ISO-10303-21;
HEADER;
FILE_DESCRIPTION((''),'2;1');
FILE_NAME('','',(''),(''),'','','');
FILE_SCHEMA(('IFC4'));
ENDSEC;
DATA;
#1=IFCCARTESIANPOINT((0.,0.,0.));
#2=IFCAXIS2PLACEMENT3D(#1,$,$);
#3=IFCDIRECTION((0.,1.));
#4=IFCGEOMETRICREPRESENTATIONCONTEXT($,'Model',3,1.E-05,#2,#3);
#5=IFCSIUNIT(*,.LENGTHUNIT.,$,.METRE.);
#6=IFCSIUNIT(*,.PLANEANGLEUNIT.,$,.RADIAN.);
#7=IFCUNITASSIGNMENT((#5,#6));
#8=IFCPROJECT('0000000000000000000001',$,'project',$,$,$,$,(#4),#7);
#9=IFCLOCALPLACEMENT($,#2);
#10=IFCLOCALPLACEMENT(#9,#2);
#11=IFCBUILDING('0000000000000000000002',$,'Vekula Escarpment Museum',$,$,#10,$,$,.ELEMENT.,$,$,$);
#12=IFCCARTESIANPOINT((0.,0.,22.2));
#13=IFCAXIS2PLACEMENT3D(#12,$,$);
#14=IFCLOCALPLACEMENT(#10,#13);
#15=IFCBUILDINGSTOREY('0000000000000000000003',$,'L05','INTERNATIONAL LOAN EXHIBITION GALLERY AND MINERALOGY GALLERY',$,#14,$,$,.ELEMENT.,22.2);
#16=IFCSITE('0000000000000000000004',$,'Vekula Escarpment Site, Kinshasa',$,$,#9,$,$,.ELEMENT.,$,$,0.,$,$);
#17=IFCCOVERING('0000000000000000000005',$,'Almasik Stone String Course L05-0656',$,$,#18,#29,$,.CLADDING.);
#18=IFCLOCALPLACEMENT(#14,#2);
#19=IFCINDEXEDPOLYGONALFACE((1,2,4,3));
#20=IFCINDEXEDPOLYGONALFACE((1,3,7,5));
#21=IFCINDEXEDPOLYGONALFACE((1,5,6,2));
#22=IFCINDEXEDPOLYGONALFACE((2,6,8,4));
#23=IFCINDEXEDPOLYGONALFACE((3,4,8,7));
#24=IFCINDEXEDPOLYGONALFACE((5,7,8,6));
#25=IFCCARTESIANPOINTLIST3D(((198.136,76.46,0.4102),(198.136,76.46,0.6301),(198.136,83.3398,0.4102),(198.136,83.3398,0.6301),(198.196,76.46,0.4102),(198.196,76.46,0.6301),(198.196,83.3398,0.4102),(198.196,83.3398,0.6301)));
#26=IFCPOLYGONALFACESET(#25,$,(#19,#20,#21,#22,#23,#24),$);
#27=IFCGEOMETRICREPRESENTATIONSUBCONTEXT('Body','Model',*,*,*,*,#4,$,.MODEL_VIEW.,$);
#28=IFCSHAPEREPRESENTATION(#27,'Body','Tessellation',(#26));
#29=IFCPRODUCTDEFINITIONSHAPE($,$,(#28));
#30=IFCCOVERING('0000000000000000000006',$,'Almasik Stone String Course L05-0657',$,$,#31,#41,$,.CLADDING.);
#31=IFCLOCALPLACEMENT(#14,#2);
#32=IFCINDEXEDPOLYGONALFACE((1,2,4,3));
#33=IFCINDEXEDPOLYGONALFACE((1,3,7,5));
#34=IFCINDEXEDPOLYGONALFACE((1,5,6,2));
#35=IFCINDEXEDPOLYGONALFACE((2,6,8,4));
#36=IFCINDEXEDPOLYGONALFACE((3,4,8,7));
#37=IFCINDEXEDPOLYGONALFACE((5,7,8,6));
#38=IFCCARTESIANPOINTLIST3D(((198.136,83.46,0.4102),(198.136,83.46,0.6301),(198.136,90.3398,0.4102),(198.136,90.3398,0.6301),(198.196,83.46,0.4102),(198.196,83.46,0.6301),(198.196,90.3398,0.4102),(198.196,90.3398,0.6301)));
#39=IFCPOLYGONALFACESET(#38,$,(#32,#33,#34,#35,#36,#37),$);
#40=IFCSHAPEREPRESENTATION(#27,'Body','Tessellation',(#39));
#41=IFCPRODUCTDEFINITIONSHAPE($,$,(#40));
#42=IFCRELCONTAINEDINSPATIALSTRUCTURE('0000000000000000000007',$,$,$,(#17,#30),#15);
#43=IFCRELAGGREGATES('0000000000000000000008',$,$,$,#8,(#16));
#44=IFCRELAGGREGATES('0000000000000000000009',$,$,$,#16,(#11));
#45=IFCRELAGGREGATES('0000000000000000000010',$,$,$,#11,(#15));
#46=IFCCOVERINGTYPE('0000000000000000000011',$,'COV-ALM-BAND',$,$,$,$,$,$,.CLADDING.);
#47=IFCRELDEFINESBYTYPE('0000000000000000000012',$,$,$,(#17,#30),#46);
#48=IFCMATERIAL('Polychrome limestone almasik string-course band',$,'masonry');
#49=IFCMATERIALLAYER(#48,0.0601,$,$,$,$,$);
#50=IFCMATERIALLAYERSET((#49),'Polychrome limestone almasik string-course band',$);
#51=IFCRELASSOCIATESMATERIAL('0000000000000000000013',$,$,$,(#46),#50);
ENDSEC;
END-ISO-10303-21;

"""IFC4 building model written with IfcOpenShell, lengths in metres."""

from ifc_helpers import new_model, si_unit, direction, frame, origin, origin_2d, place, context, subcontext, project, spatial, rectangle, extrude, material, layer, layer_set, type_object, element, save


model = new_model("IFC4")

# Units and contexts
model_context = context("Model", 3, precision=1e-05, world=origin(), true_north=direction((0.0, 1.0)))
body_context = subcontext(model_context, "Body", "Model", "MODEL_VIEW")
ifc_project = project(units=[si_unit("LENGTHUNIT", "METRE"), si_unit("PLANEANGLEUNIT", "RADIAN")], contexts=[model_context])

# Site, building, storey
site_placement = place(None, origin())
site = spatial("IfcSite", under=ifc_project, at=site_placement, Name="Vekula Escarpment Site, Kinshasa", CompositionType="ELEMENT", RefElevation=0.0)
building_placement = place(site_placement, origin())
building = spatial("IfcBuilding", under=site, at=building_placement, Name="Vekula Escarpment Museum", CompositionType="ELEMENT")
storey_placement = place(building_placement, frame((0.0, 0.0, 22.2)))
storey = spatial("IfcBuildingStorey", under=building, at=storey_placement, Name="L05", Description="INTERNATIONAL LOAN EXHIBITION GALLERY AND MINERALOGY GALLERY", CompositionType="ELEMENT", Elevation=22.2)

# Coverings
ifc_material_1 = material(Name="Polychrome limestone almasik string-course band", Category="masonry")
ifc_layer_1 = layer(ifc_material_1, 0.0601)
ifc_layer_set_1 = layer_set([ifc_layer_1], Name="Polychrome limestone almasik string-course band")
covering_type = type_object("IfcCoveringType", Name="COV-ALM-BAND", PredefinedType="CLADDING", material=ifc_layer_set_1)
for number, where, z_axis, x_axis, name in (
    (1, (198.166, 79.8999, 0.4102), (0.0, 0.0, 1.0), (0.0, 1.0, 0.0), "Almasik Stone String Course L05-0656"),
    (2, (198.166, 86.8999, 0.4102), (0.0, 0.0, 1.0), (0.0, 1.0, 0.0), "Almasik Stone String Course L05-0657"),
):
    element("IfcCovering", number, at=place(storey_placement, frame(where, z_axis=z_axis, x_axis=x_axis)), inside=storey, type_object=covering_type, Name=name, PredefinedType="CLADDING", context=body_context, shape_type="SweptSolid", body=[
        extrude(rectangle(XDim=6.8799, YDim=0.0601, at=origin_2d()), origin(), (0.0, 0.0, 1.0), 0.22),
    ])

save(model, "model.ifc")
